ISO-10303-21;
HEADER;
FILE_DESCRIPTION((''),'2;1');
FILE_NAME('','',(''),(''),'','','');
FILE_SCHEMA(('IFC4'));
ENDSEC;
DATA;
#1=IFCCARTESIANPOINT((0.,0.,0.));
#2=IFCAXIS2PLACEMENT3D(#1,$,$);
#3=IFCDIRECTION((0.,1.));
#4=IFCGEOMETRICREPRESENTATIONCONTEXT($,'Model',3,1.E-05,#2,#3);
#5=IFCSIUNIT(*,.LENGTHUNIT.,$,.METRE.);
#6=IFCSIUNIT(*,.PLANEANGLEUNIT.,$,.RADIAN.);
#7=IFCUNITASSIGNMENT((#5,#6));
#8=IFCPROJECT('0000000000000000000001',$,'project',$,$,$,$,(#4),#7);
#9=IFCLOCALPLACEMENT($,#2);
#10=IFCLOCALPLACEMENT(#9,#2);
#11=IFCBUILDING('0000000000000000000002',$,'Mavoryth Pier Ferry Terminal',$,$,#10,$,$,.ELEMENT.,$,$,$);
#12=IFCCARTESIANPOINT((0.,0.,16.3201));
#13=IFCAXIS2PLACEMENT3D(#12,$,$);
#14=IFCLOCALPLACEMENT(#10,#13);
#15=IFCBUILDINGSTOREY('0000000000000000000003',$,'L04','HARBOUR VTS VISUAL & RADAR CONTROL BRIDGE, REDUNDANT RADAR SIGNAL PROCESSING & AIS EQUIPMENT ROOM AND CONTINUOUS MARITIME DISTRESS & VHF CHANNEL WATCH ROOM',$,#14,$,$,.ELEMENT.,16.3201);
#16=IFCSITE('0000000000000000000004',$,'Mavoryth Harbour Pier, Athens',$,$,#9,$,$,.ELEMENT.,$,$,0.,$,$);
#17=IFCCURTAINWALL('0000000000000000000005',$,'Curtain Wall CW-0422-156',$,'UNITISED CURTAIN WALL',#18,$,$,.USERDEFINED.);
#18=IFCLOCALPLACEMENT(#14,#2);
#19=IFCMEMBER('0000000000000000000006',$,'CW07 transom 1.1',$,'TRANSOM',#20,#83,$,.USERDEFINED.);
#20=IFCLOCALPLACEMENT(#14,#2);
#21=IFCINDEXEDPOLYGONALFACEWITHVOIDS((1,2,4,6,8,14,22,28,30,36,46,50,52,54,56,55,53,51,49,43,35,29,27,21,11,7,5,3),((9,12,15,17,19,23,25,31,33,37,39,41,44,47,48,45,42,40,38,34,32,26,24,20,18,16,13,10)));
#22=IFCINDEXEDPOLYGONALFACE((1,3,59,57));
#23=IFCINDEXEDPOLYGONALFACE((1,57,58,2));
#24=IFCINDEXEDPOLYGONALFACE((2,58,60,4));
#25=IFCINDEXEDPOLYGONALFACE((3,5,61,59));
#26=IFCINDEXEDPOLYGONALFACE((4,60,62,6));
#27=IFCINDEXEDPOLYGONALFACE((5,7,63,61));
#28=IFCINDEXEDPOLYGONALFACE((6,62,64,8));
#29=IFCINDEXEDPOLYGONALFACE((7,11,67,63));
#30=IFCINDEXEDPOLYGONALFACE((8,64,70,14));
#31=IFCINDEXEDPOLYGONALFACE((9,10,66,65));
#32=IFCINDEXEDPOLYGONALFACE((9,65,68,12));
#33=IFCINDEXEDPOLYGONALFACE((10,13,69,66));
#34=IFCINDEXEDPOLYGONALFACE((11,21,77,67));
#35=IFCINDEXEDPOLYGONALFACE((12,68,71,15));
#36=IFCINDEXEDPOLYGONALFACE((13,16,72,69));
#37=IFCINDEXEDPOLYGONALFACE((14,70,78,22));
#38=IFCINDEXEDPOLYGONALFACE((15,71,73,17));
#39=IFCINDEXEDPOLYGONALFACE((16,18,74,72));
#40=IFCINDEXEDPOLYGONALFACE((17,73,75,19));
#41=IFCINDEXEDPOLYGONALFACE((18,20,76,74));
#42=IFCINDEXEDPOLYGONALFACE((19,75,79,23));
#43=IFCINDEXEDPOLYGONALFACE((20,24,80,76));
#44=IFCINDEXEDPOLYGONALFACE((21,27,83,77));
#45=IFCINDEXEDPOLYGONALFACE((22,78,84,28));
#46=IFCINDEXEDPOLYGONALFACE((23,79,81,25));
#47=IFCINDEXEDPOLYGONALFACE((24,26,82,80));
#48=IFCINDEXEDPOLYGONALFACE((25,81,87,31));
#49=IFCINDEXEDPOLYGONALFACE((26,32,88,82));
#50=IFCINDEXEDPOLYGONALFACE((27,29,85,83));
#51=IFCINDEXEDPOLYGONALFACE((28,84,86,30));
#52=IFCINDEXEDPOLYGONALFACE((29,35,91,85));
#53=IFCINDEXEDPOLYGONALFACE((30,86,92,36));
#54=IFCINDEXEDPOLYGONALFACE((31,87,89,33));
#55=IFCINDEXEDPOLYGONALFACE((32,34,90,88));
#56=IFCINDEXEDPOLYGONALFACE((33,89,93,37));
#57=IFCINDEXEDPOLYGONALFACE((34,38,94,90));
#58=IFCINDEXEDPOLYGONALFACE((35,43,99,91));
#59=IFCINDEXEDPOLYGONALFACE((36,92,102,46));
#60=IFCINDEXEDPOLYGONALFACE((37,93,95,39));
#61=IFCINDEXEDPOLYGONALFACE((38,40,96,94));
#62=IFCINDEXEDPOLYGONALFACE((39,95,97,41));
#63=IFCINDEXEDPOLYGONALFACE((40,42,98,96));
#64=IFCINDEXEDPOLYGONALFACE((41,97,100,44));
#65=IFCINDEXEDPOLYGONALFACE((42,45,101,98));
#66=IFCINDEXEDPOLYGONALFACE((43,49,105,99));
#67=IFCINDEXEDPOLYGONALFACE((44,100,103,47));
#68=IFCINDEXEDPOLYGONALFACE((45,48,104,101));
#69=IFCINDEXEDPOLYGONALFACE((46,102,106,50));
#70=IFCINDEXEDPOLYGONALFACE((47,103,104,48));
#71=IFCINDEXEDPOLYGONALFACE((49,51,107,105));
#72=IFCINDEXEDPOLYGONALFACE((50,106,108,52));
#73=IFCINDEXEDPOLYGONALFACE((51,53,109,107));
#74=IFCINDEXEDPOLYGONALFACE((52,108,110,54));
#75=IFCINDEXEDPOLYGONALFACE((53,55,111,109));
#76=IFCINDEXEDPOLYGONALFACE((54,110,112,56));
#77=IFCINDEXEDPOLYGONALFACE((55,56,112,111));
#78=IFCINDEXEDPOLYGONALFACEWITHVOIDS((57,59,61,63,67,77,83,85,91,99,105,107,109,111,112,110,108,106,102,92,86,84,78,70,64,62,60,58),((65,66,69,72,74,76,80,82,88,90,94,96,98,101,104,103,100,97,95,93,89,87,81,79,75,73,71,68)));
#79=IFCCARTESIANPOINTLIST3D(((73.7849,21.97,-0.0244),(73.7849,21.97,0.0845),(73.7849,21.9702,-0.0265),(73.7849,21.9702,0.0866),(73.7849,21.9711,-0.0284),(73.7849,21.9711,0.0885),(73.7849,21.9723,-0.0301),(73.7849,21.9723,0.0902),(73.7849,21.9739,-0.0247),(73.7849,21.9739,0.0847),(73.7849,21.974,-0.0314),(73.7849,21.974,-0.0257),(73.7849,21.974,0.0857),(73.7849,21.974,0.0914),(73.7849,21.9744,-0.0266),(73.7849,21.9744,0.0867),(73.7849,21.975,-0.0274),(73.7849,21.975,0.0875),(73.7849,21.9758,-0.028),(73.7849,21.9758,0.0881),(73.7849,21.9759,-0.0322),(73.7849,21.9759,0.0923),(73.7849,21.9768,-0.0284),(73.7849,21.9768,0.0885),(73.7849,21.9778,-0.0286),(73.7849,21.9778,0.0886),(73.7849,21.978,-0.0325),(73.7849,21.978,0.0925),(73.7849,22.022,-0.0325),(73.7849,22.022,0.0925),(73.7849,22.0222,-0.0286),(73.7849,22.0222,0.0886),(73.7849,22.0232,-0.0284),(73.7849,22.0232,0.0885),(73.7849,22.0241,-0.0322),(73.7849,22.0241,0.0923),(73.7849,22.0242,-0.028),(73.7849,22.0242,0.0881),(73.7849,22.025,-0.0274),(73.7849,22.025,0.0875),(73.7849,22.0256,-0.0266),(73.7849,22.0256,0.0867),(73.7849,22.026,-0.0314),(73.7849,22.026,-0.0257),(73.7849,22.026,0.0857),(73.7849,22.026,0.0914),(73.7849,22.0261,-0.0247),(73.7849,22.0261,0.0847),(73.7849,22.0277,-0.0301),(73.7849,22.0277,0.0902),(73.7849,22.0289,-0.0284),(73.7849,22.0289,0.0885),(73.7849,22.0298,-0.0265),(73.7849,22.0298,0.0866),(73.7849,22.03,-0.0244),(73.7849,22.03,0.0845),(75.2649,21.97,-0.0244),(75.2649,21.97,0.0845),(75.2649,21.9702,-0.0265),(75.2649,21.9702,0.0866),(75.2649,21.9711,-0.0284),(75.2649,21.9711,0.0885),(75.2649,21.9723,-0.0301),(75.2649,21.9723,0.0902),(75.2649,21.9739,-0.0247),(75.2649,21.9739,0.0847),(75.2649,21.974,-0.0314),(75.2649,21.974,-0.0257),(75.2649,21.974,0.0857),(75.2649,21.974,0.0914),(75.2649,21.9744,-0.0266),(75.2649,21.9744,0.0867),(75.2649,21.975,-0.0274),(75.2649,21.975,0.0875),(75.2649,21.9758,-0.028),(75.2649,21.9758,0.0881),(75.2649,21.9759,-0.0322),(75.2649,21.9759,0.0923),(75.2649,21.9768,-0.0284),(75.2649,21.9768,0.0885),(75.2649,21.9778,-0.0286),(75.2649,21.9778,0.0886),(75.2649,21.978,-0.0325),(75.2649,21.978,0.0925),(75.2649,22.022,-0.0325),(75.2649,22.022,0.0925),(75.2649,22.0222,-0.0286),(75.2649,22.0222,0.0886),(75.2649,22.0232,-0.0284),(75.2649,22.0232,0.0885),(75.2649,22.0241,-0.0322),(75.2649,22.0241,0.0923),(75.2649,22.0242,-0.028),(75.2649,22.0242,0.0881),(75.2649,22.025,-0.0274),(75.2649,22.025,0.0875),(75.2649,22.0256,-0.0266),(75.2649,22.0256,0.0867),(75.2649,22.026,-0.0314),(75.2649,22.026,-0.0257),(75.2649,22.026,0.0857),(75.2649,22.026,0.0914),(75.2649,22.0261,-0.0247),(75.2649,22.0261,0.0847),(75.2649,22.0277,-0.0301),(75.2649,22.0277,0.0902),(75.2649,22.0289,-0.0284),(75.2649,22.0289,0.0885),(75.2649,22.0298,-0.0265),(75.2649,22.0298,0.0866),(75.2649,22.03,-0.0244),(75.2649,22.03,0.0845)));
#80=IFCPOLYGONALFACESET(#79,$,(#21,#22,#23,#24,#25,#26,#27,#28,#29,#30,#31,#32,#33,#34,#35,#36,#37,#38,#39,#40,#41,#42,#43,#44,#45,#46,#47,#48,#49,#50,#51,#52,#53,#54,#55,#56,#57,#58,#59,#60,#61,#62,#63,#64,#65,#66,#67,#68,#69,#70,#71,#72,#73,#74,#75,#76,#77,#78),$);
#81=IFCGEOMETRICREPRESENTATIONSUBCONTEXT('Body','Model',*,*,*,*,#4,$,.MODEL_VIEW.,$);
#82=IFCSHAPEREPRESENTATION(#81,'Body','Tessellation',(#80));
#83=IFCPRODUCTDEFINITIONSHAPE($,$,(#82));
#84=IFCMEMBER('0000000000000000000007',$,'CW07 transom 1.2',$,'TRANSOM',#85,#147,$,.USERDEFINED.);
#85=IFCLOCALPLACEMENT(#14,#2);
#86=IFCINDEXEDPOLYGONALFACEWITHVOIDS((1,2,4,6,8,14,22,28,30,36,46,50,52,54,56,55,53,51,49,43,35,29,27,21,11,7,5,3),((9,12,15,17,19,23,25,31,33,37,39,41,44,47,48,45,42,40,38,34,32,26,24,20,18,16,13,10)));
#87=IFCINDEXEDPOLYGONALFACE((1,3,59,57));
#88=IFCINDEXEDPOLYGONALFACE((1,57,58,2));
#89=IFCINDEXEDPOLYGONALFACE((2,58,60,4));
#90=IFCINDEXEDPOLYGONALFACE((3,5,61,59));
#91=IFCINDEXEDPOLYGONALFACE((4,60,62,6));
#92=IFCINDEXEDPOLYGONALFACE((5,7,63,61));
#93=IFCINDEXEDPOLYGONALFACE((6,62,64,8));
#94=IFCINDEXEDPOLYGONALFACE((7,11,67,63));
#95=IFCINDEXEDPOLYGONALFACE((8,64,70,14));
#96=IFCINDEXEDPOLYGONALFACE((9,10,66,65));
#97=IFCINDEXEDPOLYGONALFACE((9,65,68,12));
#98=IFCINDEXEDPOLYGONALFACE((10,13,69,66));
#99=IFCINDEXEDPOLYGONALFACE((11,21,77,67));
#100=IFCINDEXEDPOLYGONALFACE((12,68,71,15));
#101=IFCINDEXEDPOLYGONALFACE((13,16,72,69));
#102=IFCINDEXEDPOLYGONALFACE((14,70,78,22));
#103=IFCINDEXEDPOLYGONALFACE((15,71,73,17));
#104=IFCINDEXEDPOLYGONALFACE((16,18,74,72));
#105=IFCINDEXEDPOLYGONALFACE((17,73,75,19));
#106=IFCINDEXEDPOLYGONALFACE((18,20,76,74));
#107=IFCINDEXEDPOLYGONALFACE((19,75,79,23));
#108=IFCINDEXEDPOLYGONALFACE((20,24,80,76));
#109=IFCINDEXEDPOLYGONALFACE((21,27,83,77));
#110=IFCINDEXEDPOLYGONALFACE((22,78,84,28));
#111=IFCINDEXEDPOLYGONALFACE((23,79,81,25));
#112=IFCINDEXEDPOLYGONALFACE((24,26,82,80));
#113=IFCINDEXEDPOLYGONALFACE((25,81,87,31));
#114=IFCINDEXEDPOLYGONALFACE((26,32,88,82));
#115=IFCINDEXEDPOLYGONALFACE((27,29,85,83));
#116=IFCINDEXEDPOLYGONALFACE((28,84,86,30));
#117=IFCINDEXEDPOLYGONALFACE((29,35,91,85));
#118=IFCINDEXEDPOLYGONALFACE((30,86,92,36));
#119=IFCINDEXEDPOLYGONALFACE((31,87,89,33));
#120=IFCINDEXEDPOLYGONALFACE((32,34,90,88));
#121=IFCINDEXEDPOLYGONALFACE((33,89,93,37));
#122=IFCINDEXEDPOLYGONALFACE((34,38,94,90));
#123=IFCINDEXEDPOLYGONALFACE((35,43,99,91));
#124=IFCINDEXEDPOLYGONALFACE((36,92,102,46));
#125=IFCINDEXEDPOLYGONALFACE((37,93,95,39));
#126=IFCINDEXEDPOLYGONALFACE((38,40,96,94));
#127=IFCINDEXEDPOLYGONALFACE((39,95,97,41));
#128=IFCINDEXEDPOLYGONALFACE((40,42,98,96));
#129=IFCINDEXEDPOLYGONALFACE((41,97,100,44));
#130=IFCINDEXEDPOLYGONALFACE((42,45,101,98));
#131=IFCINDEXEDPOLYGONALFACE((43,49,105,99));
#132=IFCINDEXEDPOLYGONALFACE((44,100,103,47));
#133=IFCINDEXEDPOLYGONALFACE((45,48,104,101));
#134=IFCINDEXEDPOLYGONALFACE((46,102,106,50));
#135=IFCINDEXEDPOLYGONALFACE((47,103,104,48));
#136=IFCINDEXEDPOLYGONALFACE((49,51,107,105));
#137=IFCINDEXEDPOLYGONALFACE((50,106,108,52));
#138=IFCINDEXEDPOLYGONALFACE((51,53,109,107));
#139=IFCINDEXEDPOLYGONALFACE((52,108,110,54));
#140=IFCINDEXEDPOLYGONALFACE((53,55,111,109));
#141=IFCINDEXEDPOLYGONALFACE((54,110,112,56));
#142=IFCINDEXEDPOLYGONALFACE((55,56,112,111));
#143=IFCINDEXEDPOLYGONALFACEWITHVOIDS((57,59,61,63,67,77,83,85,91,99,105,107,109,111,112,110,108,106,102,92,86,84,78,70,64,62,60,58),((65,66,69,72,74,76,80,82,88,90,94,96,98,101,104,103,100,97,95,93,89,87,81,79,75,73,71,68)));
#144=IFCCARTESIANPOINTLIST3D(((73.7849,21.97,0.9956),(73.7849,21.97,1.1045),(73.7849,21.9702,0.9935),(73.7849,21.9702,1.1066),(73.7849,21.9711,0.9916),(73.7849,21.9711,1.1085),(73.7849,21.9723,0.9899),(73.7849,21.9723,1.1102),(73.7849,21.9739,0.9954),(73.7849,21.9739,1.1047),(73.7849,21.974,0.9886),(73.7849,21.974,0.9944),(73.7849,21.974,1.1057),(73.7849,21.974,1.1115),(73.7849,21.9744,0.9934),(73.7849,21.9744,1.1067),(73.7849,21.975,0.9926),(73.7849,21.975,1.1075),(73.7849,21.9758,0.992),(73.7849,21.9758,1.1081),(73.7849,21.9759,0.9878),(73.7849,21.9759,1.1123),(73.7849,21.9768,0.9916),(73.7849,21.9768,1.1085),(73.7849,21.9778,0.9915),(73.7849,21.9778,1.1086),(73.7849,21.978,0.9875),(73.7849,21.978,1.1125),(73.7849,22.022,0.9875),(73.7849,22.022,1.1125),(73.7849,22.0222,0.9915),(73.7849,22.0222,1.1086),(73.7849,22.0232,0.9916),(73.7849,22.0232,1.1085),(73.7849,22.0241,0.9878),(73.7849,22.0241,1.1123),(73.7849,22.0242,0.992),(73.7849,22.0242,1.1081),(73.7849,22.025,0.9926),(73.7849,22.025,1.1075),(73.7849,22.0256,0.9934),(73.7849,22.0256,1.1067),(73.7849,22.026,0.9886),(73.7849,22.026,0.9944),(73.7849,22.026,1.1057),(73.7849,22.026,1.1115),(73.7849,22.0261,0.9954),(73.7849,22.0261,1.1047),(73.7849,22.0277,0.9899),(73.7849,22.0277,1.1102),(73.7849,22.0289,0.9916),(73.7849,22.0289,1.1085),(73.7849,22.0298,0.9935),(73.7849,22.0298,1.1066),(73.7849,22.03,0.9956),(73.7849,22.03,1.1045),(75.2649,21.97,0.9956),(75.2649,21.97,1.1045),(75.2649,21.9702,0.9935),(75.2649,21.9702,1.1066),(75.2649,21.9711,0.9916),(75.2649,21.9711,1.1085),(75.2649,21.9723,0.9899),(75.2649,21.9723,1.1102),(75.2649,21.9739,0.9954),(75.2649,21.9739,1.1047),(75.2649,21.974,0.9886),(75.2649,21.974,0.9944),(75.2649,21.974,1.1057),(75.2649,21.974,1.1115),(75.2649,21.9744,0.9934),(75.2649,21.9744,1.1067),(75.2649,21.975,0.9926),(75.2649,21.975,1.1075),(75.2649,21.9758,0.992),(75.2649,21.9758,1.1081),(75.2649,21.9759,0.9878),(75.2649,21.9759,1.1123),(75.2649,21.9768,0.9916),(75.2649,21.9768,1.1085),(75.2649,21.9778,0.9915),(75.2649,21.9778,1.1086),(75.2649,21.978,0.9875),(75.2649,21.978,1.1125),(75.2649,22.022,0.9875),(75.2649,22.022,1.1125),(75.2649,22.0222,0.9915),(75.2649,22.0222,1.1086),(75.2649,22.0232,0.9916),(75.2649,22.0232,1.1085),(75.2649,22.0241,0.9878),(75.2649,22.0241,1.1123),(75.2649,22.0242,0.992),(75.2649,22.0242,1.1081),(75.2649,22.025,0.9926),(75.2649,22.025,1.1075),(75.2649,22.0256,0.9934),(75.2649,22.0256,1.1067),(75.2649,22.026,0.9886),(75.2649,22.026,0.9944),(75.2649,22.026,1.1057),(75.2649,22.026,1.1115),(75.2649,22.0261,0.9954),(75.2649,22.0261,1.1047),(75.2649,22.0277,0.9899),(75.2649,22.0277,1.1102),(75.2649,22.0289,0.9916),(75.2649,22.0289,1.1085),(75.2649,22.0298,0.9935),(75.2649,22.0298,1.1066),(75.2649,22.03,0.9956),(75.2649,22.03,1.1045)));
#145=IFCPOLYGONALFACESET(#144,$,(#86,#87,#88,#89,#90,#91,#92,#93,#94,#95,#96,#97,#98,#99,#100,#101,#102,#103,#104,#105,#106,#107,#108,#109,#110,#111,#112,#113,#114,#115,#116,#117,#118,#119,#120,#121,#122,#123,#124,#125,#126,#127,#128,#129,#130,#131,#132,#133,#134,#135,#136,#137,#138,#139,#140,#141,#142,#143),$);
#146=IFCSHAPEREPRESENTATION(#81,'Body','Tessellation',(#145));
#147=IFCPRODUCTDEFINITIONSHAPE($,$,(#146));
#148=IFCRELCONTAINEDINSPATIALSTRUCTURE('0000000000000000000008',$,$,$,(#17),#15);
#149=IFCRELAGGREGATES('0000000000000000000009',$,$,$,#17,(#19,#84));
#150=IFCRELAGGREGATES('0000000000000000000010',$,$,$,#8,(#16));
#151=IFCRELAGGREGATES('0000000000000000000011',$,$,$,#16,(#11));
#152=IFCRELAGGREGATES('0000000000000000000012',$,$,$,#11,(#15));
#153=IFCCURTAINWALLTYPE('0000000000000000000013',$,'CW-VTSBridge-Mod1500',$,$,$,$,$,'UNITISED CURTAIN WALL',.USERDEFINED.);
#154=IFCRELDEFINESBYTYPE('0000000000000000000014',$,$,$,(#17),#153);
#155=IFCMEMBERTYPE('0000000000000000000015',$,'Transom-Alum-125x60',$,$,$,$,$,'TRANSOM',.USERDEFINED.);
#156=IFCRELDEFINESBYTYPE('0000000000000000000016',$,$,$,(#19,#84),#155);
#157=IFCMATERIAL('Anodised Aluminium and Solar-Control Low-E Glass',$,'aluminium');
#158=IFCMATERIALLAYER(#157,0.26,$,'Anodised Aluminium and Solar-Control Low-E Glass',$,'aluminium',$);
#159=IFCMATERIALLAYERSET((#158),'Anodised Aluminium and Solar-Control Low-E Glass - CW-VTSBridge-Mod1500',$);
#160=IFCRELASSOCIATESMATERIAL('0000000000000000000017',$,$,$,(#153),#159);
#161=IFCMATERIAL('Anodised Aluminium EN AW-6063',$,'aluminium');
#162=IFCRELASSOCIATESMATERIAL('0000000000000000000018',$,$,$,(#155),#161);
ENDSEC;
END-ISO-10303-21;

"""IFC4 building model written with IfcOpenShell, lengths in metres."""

from ifc_helpers import new_model, si_unit, direction, frame, origin, origin_2d, place, context, subcontext, project, spatial, hollow_rectangle, extrude, material, layer, layer_set, material_profile, profile_set, type_object, element, aggregate, save


model = new_model("IFC4")

# Units and contexts
model_context = context("Model", 3, precision=1e-05, world=origin(), true_north=direction((0.0, 1.0)))
body_context = subcontext(model_context, "Body", "Model", "MODEL_VIEW")
ifc_project = project(units=[si_unit("LENGTHUNIT", "METRE"), si_unit("PLANEANGLEUNIT", "RADIAN")], contexts=[model_context])

# Site, building, storey
site_placement = place(None, origin())
site = spatial("IfcSite", under=ifc_project, at=site_placement, Name="Mavoryth Harbour Pier, Athens", CompositionType="ELEMENT", RefElevation=0.0)
building_placement = place(site_placement, origin())
building = spatial("IfcBuilding", under=site, at=building_placement, Name="Mavoryth Pier Ferry Terminal", CompositionType="ELEMENT")
storey_placement = place(building_placement, frame((0.0, 0.0, 16.3201)))
storey = spatial("IfcBuildingStorey", under=building, at=storey_placement, Name="L04", Description="HARBOUR VTS VISUAL & RADAR CONTROL BRIDGE, REDUNDANT RADAR SIGNAL PROCESSING & AIS EQUIPMENT ROOM AND CONTINUOUS MARITIME DISTRESS & VHF CHANNEL WATCH ROOM", CompositionType="ELEMENT", Elevation=16.3201)

# Curtain wall, members
ifc_material_1 = material(Name="Anodised Aluminium and Solar-Control Low-E Glass", Category="aluminium")
ifc_layer_1 = layer(ifc_material_1, 0.26, Name="Anodised Aluminium and Solar-Control Low-E Glass", Category="aluminium")
ifc_layer_set_1 = layer_set([ifc_layer_1], Name="Anodised Aluminium and Solar-Control Low-E Glass - CW-VTSBridge-Mod1500")
curtain_wall_type = type_object("IfcCurtainWallType", Name="CW-VTSBridge-Mod1500", ElementType="UNITISED CURTAIN WALL", PredefinedType="USERDEFINED", material=ifc_layer_set_1)
curtain_wall_placement = place(storey_placement, origin())
curtain_wall = element("IfcCurtainWall", 1, at=curtain_wall_placement, inside=storey, type_object=curtain_wall_type, Name="Curtain Wall CW-0422-156", ObjectType="UNITISED CURTAIN WALL", PredefinedType="USERDEFINED")
ifc_material_2 = material(Name="Anodised Aluminium EN AW-6063", Category="aluminium")
ifc_material_profile_1 = material_profile(ifc_material_2, hollow_rectangle(XDim=0.0601, YDim=0.125, WallThickness=0.0039, InnerFilletRadius=0.0039, OuterFilletRadius=0.0081, at=origin_2d()), Name="AL-TRAN 125x60x4", Category="aluminium")
ifc_profile_set_1 = profile_set([ifc_material_profile_1], Name="Anodised Aluminium EN AW-6063 - AL-TRAN 125x60x4")
member_type_1 = type_object("IfcMemberType", Name="Transom-Alum-125x60", ElementType="TRANSOM", PredefinedType="USERDEFINED", material=ifc_profile_set_1)
member_1_placement = place(storey_placement, frame((75.2649, 22.0, 0.03), z_axis=(-1.0, 0.0, 0.0), x_axis=(0.0, -1.0, 0.0)))
member_1 = element("IfcMember", 2, at=member_1_placement, type_object=member_type_1, Name="CW07 transom 1.1", ObjectType="TRANSOM", PredefinedType="USERDEFINED", context=body_context, shape_type="SweptSolid", body=[
    extrude(hollow_rectangle(XDim=0.0601, YDim=0.125, WallThickness=0.0039, InnerFilletRadius=0.0039, OuterFilletRadius=0.0081, at=origin_2d()), origin(), (0.0, 0.0, 1.0), 1.48),
])
member_2_placement = place(storey_placement, frame((75.2649, 22.0, 1.05), z_axis=(-1.0, 0.0, 0.0), x_axis=(0.0, -1.0, 0.0)))
member_2 = element("IfcMember", 3, at=member_2_placement, type_object=member_type_1, Name="CW07 transom 1.2", ObjectType="TRANSOM", PredefinedType="USERDEFINED", context=body_context, shape_type="SweptSolid", body=[
    extrude(hollow_rectangle(XDim=0.0601, YDim=0.125, WallThickness=0.0039, InnerFilletRadius=0.0039, OuterFilletRadius=0.0081, at=origin_2d()), origin(), (0.0, 0.0, 1.0), 1.48),
])
aggregate(curtain_wall, [member_1, member_2])

save(model, "model.ifc")
